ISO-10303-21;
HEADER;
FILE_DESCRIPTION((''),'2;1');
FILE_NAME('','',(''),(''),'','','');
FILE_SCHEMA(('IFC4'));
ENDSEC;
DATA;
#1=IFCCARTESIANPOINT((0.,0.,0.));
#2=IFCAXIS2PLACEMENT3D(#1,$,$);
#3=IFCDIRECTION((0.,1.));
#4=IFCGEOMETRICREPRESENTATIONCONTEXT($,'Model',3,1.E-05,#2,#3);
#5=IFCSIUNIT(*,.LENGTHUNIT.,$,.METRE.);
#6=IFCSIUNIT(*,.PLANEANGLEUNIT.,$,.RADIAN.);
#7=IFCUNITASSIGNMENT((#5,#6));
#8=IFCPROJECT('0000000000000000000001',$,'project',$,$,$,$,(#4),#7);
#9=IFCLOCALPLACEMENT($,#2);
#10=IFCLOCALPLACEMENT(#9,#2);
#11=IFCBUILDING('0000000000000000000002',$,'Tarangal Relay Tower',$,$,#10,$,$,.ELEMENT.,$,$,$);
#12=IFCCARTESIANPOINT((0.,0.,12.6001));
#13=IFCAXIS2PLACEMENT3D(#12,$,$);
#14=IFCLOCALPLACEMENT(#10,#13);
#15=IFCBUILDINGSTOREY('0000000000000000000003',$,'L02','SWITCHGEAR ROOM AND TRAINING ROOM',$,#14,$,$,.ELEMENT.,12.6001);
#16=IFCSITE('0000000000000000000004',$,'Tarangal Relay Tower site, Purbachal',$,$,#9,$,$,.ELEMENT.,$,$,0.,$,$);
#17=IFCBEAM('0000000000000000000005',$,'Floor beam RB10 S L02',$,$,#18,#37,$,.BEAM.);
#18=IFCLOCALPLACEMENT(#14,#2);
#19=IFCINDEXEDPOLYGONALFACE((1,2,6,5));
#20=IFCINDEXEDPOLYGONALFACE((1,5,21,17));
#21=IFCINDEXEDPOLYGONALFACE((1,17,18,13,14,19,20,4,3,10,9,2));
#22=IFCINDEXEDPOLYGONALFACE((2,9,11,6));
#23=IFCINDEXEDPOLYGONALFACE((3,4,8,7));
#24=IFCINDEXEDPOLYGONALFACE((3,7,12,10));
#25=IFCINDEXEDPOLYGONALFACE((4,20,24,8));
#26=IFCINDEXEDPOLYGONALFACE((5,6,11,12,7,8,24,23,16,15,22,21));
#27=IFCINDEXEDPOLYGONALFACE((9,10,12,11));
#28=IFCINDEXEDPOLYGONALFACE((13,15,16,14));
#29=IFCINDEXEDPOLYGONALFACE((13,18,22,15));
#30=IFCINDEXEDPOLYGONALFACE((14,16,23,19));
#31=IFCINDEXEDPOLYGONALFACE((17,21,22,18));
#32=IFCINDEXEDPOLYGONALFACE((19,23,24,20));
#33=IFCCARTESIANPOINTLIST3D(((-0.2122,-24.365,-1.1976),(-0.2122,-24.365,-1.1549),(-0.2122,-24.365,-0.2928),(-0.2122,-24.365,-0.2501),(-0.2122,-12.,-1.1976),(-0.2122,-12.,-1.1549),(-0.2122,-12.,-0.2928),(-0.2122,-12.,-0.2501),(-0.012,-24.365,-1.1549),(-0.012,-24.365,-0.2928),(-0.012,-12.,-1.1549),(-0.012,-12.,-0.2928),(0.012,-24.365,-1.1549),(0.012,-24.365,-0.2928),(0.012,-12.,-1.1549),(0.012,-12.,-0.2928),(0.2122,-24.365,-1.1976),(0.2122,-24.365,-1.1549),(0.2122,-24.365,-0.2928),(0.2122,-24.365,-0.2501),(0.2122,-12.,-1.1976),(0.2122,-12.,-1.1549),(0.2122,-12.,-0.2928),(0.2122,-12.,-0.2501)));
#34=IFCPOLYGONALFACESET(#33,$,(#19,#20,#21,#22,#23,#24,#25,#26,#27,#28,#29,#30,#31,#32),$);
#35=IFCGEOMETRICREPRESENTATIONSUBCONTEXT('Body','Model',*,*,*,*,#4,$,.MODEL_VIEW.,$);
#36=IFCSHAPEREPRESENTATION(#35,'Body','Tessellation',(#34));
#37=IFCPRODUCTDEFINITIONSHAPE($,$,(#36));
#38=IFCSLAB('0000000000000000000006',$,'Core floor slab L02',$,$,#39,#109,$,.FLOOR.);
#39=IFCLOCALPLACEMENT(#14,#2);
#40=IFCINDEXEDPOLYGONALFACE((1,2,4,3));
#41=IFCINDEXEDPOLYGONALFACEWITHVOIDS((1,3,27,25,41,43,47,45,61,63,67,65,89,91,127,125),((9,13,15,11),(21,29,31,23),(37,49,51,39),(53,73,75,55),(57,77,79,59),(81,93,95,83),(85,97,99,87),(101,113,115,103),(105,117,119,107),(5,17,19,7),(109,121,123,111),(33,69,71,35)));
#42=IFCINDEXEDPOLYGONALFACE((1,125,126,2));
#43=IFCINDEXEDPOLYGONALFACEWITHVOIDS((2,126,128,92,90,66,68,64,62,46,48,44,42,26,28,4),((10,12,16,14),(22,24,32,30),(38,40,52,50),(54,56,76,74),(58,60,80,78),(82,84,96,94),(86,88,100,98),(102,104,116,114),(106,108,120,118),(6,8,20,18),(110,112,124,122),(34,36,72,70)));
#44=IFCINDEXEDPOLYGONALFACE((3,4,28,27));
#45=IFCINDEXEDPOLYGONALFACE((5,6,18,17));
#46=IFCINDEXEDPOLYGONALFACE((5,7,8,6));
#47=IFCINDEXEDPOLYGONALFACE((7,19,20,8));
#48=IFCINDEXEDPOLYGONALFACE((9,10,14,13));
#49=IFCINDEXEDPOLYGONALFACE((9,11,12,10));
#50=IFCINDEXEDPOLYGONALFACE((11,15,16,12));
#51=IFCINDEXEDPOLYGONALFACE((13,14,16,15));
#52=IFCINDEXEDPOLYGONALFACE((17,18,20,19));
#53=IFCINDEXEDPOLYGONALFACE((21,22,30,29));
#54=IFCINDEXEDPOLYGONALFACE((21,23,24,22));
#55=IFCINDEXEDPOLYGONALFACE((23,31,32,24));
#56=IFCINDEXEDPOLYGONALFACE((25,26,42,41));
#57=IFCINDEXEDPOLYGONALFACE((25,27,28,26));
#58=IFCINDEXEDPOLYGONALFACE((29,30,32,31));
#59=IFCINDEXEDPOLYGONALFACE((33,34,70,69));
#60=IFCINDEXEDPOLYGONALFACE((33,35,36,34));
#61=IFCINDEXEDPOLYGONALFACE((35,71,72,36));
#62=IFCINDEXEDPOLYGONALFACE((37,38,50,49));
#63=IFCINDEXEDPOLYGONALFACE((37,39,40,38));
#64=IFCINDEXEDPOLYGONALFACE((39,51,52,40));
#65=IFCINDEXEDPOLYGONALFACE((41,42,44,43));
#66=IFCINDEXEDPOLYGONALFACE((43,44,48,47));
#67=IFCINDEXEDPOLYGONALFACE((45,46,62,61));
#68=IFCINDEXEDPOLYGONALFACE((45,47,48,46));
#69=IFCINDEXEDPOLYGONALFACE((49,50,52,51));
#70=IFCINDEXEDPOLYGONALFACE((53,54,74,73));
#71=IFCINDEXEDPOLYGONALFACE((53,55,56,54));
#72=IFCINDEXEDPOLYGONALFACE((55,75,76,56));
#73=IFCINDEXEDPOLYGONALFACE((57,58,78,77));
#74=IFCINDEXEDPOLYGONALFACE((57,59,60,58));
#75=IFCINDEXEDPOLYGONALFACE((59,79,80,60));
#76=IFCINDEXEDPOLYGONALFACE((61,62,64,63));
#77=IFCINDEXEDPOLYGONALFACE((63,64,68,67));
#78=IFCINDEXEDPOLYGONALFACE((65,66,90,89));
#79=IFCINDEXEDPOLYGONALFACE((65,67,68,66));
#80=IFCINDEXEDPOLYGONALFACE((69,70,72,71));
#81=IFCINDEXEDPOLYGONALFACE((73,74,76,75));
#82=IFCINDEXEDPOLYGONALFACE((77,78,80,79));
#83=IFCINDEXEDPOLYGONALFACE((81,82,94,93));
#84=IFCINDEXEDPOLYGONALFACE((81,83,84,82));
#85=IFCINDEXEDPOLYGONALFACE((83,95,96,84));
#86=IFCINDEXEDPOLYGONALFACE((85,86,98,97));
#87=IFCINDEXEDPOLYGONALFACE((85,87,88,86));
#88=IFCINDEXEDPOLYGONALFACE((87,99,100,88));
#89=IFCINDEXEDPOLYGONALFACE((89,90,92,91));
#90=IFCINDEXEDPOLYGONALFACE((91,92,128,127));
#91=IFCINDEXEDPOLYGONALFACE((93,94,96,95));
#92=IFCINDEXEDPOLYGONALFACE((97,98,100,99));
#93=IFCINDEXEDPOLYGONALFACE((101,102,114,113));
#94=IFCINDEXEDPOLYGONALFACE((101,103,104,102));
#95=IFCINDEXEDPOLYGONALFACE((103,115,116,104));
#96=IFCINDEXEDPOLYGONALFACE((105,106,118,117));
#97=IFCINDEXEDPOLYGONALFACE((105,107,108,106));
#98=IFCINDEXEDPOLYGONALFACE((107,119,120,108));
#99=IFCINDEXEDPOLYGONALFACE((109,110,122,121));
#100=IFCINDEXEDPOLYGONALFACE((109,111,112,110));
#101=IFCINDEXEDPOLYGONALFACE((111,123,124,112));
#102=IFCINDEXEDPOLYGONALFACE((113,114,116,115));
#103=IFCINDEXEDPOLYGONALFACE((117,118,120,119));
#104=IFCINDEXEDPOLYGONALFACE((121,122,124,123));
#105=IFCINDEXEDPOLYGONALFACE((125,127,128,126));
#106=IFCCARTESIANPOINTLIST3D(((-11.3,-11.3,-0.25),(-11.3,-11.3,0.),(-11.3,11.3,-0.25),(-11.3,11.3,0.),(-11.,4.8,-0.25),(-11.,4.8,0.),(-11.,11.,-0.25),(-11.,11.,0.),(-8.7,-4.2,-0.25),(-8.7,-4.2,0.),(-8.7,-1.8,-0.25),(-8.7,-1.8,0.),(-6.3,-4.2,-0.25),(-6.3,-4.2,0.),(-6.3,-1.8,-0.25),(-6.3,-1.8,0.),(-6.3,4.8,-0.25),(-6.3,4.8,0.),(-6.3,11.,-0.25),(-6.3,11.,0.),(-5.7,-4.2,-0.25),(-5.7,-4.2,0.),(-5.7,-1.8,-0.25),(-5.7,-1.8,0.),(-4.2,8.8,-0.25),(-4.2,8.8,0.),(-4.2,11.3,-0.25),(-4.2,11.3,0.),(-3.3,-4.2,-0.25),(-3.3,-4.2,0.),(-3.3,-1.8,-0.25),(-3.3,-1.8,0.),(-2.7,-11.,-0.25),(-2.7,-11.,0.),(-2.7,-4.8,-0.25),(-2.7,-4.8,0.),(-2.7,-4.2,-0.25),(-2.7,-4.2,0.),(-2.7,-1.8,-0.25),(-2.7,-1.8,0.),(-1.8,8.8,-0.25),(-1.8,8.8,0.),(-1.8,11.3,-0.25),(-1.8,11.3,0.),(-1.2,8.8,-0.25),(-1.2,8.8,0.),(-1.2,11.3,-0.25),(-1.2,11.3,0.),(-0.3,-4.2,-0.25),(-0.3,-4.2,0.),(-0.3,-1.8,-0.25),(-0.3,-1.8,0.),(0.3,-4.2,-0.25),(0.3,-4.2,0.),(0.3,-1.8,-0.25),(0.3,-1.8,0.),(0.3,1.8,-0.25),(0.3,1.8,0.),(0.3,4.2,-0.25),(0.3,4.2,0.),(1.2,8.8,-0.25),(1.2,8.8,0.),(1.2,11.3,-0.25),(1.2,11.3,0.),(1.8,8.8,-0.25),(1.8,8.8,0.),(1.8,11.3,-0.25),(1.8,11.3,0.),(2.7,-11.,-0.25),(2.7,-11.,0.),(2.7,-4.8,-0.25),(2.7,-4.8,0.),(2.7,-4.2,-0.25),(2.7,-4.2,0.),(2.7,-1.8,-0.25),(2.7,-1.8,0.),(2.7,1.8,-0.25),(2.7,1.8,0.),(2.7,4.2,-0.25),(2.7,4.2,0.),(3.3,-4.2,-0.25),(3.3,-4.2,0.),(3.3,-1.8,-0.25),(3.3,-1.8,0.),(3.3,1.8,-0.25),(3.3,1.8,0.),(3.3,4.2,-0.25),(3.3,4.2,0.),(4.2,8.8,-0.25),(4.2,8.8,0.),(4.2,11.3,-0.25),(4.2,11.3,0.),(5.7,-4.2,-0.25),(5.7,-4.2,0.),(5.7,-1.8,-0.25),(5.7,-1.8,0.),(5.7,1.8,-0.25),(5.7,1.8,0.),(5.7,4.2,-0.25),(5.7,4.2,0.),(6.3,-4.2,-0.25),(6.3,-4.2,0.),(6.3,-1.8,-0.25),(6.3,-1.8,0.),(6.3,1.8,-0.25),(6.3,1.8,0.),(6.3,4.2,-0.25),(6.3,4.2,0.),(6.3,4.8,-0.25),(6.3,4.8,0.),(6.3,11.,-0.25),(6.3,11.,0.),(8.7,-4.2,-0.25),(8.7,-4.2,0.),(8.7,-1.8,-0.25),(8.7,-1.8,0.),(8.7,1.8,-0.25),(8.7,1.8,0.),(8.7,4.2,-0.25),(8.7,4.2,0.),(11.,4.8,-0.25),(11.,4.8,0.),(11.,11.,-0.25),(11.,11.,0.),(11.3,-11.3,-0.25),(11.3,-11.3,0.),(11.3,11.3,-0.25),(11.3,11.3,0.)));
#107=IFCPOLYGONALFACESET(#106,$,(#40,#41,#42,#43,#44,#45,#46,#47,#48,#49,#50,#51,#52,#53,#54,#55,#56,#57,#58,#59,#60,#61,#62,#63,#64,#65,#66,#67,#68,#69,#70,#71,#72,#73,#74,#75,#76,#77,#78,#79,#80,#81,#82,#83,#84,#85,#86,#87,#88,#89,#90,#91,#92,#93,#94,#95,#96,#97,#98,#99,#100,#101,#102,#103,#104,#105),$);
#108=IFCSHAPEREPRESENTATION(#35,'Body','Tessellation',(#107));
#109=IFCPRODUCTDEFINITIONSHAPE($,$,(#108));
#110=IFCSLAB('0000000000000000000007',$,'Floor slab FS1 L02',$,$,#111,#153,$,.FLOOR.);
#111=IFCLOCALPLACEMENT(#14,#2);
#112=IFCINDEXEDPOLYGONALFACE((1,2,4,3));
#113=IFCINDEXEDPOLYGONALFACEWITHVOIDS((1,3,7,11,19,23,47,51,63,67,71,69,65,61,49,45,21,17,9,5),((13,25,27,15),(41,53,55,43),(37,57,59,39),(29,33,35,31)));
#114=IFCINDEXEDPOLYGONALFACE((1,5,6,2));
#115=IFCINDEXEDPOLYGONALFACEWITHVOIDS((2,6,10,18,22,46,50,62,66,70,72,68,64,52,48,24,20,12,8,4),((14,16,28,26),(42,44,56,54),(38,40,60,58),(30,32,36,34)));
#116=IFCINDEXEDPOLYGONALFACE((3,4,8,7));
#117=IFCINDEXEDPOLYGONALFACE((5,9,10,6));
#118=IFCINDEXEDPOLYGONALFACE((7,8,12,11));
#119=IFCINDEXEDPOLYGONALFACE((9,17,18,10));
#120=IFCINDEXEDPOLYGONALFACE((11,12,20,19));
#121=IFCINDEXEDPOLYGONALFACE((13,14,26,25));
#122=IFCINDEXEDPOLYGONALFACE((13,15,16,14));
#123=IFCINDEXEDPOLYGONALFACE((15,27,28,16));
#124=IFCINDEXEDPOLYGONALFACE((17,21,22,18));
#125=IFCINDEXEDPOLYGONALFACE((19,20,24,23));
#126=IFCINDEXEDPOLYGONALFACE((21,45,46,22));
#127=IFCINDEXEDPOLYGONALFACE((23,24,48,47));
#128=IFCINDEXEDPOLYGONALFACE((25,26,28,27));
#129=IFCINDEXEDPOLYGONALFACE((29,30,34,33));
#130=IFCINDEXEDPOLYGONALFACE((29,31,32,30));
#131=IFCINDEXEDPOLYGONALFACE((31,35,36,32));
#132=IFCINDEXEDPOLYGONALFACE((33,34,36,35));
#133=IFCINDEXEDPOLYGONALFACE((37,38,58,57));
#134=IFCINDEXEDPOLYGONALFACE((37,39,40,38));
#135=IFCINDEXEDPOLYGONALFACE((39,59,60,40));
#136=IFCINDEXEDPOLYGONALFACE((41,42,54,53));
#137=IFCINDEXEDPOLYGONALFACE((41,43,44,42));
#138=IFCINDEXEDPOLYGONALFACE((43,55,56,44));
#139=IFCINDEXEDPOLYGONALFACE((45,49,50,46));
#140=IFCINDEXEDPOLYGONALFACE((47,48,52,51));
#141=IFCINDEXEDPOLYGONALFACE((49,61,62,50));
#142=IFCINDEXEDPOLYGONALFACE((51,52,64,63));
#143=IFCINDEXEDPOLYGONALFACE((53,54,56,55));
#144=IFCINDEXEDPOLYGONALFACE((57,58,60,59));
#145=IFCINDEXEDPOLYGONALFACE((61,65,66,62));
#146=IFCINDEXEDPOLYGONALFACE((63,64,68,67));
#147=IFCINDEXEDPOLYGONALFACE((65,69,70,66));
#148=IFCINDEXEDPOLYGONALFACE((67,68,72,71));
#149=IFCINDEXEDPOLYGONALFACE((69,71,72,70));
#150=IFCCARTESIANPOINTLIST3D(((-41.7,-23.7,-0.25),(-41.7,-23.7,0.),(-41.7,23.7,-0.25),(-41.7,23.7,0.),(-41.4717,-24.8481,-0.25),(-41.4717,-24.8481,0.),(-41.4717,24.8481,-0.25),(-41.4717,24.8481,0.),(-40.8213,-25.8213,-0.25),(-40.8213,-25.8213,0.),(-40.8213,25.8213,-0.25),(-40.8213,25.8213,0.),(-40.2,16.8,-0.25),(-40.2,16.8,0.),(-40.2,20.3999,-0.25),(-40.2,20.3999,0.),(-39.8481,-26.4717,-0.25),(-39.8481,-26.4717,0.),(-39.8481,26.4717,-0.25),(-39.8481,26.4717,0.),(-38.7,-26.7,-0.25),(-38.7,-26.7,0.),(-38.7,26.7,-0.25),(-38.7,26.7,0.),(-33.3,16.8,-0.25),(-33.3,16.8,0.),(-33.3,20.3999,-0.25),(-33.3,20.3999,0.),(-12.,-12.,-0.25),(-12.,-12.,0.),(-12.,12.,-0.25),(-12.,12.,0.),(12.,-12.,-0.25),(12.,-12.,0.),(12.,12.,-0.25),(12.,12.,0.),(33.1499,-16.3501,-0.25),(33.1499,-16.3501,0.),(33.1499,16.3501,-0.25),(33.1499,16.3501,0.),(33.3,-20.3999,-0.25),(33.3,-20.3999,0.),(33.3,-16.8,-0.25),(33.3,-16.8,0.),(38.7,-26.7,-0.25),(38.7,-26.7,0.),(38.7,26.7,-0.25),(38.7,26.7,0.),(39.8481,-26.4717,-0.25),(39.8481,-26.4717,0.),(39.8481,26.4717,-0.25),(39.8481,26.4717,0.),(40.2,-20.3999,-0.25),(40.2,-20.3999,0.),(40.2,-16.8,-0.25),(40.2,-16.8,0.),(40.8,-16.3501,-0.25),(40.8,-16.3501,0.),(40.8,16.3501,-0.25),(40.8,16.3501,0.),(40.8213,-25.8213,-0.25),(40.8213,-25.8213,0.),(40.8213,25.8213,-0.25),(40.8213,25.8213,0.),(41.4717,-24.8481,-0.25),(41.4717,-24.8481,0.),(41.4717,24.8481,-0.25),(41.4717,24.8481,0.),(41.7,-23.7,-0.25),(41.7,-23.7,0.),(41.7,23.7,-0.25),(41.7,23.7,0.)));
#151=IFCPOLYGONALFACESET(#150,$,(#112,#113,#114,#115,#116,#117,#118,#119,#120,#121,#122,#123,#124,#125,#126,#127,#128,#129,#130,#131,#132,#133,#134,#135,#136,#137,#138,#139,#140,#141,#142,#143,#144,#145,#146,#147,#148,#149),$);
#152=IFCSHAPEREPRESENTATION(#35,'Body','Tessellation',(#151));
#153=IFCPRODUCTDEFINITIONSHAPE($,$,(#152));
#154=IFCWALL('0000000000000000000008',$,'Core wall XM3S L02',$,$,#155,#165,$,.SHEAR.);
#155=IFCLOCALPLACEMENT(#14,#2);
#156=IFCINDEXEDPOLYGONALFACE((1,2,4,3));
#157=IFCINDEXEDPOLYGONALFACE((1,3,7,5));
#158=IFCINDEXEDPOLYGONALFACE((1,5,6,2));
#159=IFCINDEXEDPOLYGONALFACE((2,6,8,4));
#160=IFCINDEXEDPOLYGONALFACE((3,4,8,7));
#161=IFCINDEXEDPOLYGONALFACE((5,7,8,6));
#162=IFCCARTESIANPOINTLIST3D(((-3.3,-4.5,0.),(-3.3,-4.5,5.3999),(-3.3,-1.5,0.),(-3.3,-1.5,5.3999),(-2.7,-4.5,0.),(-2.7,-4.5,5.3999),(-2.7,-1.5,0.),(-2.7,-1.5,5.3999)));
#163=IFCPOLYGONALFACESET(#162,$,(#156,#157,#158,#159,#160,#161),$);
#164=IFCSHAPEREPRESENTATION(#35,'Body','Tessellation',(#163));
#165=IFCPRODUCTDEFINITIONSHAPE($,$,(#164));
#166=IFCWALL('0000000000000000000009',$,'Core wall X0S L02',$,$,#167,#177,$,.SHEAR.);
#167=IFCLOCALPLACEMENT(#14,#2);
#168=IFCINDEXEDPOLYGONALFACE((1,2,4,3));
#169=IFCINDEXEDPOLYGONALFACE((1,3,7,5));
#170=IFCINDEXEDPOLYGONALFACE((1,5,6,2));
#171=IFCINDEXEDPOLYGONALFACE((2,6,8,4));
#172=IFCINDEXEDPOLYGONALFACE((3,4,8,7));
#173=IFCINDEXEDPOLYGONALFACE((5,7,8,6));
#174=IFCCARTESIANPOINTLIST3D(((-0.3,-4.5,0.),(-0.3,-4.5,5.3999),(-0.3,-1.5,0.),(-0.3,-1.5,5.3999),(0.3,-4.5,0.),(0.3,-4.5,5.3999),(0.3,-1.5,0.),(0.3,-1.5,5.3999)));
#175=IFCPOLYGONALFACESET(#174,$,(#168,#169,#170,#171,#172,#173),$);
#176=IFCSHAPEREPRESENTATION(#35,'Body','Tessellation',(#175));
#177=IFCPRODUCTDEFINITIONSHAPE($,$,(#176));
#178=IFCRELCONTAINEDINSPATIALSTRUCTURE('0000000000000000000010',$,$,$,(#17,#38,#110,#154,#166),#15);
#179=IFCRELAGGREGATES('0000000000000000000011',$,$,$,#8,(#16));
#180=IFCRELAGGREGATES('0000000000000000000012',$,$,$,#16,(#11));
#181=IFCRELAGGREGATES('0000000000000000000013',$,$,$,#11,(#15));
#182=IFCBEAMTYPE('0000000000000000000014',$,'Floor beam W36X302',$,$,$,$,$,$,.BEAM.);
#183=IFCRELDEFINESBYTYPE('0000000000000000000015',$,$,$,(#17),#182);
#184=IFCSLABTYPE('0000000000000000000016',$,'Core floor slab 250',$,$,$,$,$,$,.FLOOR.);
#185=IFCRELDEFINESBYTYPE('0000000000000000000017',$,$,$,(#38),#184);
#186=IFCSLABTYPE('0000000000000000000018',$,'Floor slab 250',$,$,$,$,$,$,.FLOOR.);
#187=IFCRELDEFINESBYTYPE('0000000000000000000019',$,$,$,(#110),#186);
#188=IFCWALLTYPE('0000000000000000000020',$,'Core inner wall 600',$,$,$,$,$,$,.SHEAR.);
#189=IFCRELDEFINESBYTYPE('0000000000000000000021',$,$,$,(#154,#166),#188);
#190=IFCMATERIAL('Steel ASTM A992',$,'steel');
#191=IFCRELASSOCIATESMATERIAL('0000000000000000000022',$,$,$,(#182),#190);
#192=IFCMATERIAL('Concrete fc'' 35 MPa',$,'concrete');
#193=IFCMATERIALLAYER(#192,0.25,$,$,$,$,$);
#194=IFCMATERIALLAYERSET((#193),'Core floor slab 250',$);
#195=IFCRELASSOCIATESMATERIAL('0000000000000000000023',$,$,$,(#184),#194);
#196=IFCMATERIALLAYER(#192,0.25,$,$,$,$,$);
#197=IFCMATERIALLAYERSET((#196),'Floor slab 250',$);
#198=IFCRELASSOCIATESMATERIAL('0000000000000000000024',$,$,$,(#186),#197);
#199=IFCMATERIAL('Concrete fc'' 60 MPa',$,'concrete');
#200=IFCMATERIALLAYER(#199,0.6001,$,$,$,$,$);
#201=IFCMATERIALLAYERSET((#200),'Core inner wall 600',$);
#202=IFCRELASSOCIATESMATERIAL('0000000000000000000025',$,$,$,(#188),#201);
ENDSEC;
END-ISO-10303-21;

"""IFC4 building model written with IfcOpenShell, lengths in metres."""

from ifc_helpers import new_model, si_unit, direction, frame, frame_2d, origin, origin_2d, place, context, subcontext, project, spatial, polyline, rectangle, i_section, outline, extrude, material, layer, layer_set, material_profile, profile_set, type_object, element, save


model = new_model("IFC4")

# Units and contexts
model_context = context("Model", 3, precision=1e-05, world=origin(), true_north=direction((0.0, 1.0)))
body_context = subcontext(model_context, "Body", "Model", "MODEL_VIEW")
ifc_project = project(units=[si_unit("LENGTHUNIT", "METRE"), si_unit("PLANEANGLEUNIT", "RADIAN")], contexts=[model_context])

# Site, building, storey
site_placement = place(None, origin())
site = spatial("IfcSite", under=ifc_project, at=site_placement, Name="Tarangal Relay Tower site, Purbachal", CompositionType="ELEMENT", RefElevation=0.0)
building_placement = place(site_placement, origin())
building = spatial("IfcBuilding", under=site, at=building_placement, Name="Tarangal Relay Tower", CompositionType="ELEMENT")
storey_placement = place(building_placement, frame((0.0, 0.0, 12.6001)))
storey = spatial("IfcBuildingStorey", under=building, at=storey_placement, Name="L02", Description="SWITCHGEAR ROOM AND TRAINING ROOM", CompositionType="ELEMENT", Elevation=12.6001)

# Beam
ifc_material_1 = material(Name="Steel ASTM A992", Category="steel")
ifc_material_profile = material_profile(ifc_material_1, i_section(OverallWidth=0.4243, OverallDepth=0.9475, WebThickness=0.0239, FlangeThickness=0.0427, at=origin_2d()), Name="W36X302")
ifc_profile_set = profile_set([ifc_material_profile], Name="Steel ASTM A992")
beam_type = type_object("IfcBeamType", Name="Floor beam W36X302", PredefinedType="BEAM", material=ifc_profile_set)
beam_placement = place(storey_placement, frame((0.0, -12.0, -0.7239), z_axis=(0.0, -1.0, 0.0), x_axis=(1.0, 0.0, 0.0)))
element("IfcBeam", 1, at=beam_placement, inside=storey, type_object=beam_type, Name="Floor beam RB10 S L02", PredefinedType="BEAM", context=body_context, shape_type="SweptSolid", body=[
    extrude(i_section(OverallWidth=0.4243, OverallDepth=0.9475, WebThickness=0.0239, FlangeThickness=0.0427, at=origin_2d()), origin(), (0.0, 0.0, 1.0), 12.365),
])

# Slabs
ifc_material_2 = material(Name="Concrete fc' 35 MPa", Category="concrete")
ifc_layer_1 = layer(ifc_material_2, 0.25)
ifc_layer_set_1 = layer_set([ifc_layer_1], Name="Core floor slab 250")
slab_type_1 = type_object("IfcSlabType", Name="Core floor slab 250", PredefinedType="FLOOR", material=ifc_layer_set_1)
slab_1_placement = place(storey_placement, frame((0.0, 0.0, -0.25)))
element("IfcSlab", 2, at=slab_1_placement, inside=storey, type_object=slab_type_1, Name="Core floor slab L02", PredefinedType="FLOOR", context=body_context, shape_type="SweptSolid", body=[
    extrude(outline(polyline([(11.3, 11.3), (11.3, -11.3), (-11.3, -11.3), (-11.3, 11.3), (-4.2, 11.3), (-4.2, 8.8), (-1.8, 8.8), (-1.8, 11.3), (-1.2, 11.3), (-1.2, 8.8), (1.2, 8.8), (1.2, 11.3), (1.8, 11.3), (1.8, 8.8), (4.2, 8.8), (4.2, 11.3), (11.3, 11.3)]), holes=[polyline([(2.7, -4.8), (-2.7, -4.8), (-2.7, -11.0), (2.7, -11.0), (2.7, -4.8)]), polyline([(-6.3, -4.2), (-6.3, -1.8), (-8.7, -1.8), (-8.7, -4.2), (-6.3, -4.2)]), polyline([(-3.3, -4.2), (-3.3, -1.8), (-5.7, -1.8), (-5.7, -4.2), (-3.3, -4.2)]), polyline([(-0.3, -4.2), (-0.3, -1.8), (-2.7, -1.8), (-2.7, -4.2), (-0.3, -4.2)]), polyline([(2.7, 1.8), (2.7, 4.2), (0.3, 4.2), (0.3, 1.8), (2.7, 1.8)]), polyline([(-6.3, 4.8), (-6.3, 11.0), (-11.0, 11.0), (-11.0, 4.8), (-6.3, 4.8)]), polyline([(2.7, -4.2), (2.7, -1.8), (0.3, -1.8), (0.3, -4.2), (2.7, -4.2)]), polyline([(5.7, -4.2), (5.7, -1.8), (3.3, -1.8), (3.3, -4.2), (5.7, -4.2)]), polyline([(8.7, -4.2), (8.7, -1.8), (6.3, -1.8), (6.3, -4.2), (8.7, -4.2)]), polyline([(5.7, 1.8), (5.7, 4.2), (3.3, 4.2), (3.3, 1.8), (5.7, 1.8)]), polyline([(8.7, 1.8), (8.7, 4.2), (6.3, 4.2), (6.3, 1.8), (8.7, 1.8)]), polyline([(11.0, 4.8), (11.0, 11.0), (6.3, 11.0), (6.3, 4.8), (11.0, 4.8)])]), origin(), (0.0, 0.0, 1.0), 0.25),
])
ifc_layer_2 = layer(ifc_material_2, 0.25)
ifc_layer_set_2 = layer_set([ifc_layer_2], Name="Floor slab 250")
slab_type_2 = type_object("IfcSlabType", Name="Floor slab 250", PredefinedType="FLOOR", material=ifc_layer_set_2)
slab_2_placement = place(storey_placement, frame((0.0, 0.0, -0.25)))
element("IfcSlab", 3, at=slab_2_placement, inside=storey, type_object=slab_type_2, Name="Floor slab FS1 L02", PredefinedType="FLOOR", context=body_context, shape_type="SweptSolid", body=[
    extrude(outline(polyline([(41.7, 23.7), (41.4717, 24.8481), (40.8213, 25.8213), (39.8481, 26.4717), (38.7, 26.7), (-38.7, 26.7), (-39.8481, 26.4717), (-40.8213, 25.8213), (-41.4717, 24.8481), (-41.7, 23.7), (-41.7, -23.7), (-41.4717, -24.8481), (-40.8213, -25.8213), (-39.8481, -26.4717), (-38.7, -26.7), (38.7, -26.7), (39.8481, -26.4717), (40.8213, -25.8213), (41.4717, -24.8481), (41.7, -23.7), (41.7, 23.7)]), holes=[polyline([(-12.0, -12.0), (12.0, -12.0), (12.0, 12.0), (-12.0, 12.0), (-12.0, -12.0)]), polyline([(-40.2, 16.8), (-33.3, 16.8), (-33.3, 20.3999), (-40.2, 20.3999), (-40.2, 16.8)]), polyline([(33.3, -20.3999), (40.2, -20.3999), (40.2, -16.8), (33.3, -16.8), (33.3, -20.3999)]), polyline([(33.1499, -16.3501), (40.8, -16.3501), (40.8, 16.3501), (33.1499, 16.3501), (33.1499, -16.3501)])]), origin(), (0.0, 0.0, 1.0), 0.25),
])

# Walls
ifc_material_3 = material(Name="Concrete fc' 60 MPa", Category="concrete")
ifc_layer_3 = layer(ifc_material_3, 0.6001)
ifc_layer_set_3 = layer_set([ifc_layer_3], Name="Core inner wall 600")
wall_type = type_object("IfcWallType", Name="Core inner wall 600", PredefinedType="SHEAR", material=ifc_layer_set_3)
for number, where, z_axis, x_axis, name in (
    (4, (-3.0, -4.5, 0.0), (0.0, 0.0, 1.0), (0.0, 1.0, 0.0), "Core wall XM3S L02"),
    (5, (0.0, -4.5, 0.0), (0.0, 0.0, 1.0), (0.0, 1.0, 0.0), "Core wall X0S L02"),
):
    element("IfcWall", number, at=place(storey_placement, frame(where, z_axis=z_axis, x_axis=x_axis)), inside=storey, type_object=wall_type, Name=name, PredefinedType="SHEAR", context=body_context, shape_type="SweptSolid", body=[
        extrude(rectangle(XDim=3.0, YDim=0.6001, at=frame_2d((1.5, 0.0))), origin(), (0.0, 0.0, 1.0), 5.3999),
    ])

save(model, "model.ifc")
